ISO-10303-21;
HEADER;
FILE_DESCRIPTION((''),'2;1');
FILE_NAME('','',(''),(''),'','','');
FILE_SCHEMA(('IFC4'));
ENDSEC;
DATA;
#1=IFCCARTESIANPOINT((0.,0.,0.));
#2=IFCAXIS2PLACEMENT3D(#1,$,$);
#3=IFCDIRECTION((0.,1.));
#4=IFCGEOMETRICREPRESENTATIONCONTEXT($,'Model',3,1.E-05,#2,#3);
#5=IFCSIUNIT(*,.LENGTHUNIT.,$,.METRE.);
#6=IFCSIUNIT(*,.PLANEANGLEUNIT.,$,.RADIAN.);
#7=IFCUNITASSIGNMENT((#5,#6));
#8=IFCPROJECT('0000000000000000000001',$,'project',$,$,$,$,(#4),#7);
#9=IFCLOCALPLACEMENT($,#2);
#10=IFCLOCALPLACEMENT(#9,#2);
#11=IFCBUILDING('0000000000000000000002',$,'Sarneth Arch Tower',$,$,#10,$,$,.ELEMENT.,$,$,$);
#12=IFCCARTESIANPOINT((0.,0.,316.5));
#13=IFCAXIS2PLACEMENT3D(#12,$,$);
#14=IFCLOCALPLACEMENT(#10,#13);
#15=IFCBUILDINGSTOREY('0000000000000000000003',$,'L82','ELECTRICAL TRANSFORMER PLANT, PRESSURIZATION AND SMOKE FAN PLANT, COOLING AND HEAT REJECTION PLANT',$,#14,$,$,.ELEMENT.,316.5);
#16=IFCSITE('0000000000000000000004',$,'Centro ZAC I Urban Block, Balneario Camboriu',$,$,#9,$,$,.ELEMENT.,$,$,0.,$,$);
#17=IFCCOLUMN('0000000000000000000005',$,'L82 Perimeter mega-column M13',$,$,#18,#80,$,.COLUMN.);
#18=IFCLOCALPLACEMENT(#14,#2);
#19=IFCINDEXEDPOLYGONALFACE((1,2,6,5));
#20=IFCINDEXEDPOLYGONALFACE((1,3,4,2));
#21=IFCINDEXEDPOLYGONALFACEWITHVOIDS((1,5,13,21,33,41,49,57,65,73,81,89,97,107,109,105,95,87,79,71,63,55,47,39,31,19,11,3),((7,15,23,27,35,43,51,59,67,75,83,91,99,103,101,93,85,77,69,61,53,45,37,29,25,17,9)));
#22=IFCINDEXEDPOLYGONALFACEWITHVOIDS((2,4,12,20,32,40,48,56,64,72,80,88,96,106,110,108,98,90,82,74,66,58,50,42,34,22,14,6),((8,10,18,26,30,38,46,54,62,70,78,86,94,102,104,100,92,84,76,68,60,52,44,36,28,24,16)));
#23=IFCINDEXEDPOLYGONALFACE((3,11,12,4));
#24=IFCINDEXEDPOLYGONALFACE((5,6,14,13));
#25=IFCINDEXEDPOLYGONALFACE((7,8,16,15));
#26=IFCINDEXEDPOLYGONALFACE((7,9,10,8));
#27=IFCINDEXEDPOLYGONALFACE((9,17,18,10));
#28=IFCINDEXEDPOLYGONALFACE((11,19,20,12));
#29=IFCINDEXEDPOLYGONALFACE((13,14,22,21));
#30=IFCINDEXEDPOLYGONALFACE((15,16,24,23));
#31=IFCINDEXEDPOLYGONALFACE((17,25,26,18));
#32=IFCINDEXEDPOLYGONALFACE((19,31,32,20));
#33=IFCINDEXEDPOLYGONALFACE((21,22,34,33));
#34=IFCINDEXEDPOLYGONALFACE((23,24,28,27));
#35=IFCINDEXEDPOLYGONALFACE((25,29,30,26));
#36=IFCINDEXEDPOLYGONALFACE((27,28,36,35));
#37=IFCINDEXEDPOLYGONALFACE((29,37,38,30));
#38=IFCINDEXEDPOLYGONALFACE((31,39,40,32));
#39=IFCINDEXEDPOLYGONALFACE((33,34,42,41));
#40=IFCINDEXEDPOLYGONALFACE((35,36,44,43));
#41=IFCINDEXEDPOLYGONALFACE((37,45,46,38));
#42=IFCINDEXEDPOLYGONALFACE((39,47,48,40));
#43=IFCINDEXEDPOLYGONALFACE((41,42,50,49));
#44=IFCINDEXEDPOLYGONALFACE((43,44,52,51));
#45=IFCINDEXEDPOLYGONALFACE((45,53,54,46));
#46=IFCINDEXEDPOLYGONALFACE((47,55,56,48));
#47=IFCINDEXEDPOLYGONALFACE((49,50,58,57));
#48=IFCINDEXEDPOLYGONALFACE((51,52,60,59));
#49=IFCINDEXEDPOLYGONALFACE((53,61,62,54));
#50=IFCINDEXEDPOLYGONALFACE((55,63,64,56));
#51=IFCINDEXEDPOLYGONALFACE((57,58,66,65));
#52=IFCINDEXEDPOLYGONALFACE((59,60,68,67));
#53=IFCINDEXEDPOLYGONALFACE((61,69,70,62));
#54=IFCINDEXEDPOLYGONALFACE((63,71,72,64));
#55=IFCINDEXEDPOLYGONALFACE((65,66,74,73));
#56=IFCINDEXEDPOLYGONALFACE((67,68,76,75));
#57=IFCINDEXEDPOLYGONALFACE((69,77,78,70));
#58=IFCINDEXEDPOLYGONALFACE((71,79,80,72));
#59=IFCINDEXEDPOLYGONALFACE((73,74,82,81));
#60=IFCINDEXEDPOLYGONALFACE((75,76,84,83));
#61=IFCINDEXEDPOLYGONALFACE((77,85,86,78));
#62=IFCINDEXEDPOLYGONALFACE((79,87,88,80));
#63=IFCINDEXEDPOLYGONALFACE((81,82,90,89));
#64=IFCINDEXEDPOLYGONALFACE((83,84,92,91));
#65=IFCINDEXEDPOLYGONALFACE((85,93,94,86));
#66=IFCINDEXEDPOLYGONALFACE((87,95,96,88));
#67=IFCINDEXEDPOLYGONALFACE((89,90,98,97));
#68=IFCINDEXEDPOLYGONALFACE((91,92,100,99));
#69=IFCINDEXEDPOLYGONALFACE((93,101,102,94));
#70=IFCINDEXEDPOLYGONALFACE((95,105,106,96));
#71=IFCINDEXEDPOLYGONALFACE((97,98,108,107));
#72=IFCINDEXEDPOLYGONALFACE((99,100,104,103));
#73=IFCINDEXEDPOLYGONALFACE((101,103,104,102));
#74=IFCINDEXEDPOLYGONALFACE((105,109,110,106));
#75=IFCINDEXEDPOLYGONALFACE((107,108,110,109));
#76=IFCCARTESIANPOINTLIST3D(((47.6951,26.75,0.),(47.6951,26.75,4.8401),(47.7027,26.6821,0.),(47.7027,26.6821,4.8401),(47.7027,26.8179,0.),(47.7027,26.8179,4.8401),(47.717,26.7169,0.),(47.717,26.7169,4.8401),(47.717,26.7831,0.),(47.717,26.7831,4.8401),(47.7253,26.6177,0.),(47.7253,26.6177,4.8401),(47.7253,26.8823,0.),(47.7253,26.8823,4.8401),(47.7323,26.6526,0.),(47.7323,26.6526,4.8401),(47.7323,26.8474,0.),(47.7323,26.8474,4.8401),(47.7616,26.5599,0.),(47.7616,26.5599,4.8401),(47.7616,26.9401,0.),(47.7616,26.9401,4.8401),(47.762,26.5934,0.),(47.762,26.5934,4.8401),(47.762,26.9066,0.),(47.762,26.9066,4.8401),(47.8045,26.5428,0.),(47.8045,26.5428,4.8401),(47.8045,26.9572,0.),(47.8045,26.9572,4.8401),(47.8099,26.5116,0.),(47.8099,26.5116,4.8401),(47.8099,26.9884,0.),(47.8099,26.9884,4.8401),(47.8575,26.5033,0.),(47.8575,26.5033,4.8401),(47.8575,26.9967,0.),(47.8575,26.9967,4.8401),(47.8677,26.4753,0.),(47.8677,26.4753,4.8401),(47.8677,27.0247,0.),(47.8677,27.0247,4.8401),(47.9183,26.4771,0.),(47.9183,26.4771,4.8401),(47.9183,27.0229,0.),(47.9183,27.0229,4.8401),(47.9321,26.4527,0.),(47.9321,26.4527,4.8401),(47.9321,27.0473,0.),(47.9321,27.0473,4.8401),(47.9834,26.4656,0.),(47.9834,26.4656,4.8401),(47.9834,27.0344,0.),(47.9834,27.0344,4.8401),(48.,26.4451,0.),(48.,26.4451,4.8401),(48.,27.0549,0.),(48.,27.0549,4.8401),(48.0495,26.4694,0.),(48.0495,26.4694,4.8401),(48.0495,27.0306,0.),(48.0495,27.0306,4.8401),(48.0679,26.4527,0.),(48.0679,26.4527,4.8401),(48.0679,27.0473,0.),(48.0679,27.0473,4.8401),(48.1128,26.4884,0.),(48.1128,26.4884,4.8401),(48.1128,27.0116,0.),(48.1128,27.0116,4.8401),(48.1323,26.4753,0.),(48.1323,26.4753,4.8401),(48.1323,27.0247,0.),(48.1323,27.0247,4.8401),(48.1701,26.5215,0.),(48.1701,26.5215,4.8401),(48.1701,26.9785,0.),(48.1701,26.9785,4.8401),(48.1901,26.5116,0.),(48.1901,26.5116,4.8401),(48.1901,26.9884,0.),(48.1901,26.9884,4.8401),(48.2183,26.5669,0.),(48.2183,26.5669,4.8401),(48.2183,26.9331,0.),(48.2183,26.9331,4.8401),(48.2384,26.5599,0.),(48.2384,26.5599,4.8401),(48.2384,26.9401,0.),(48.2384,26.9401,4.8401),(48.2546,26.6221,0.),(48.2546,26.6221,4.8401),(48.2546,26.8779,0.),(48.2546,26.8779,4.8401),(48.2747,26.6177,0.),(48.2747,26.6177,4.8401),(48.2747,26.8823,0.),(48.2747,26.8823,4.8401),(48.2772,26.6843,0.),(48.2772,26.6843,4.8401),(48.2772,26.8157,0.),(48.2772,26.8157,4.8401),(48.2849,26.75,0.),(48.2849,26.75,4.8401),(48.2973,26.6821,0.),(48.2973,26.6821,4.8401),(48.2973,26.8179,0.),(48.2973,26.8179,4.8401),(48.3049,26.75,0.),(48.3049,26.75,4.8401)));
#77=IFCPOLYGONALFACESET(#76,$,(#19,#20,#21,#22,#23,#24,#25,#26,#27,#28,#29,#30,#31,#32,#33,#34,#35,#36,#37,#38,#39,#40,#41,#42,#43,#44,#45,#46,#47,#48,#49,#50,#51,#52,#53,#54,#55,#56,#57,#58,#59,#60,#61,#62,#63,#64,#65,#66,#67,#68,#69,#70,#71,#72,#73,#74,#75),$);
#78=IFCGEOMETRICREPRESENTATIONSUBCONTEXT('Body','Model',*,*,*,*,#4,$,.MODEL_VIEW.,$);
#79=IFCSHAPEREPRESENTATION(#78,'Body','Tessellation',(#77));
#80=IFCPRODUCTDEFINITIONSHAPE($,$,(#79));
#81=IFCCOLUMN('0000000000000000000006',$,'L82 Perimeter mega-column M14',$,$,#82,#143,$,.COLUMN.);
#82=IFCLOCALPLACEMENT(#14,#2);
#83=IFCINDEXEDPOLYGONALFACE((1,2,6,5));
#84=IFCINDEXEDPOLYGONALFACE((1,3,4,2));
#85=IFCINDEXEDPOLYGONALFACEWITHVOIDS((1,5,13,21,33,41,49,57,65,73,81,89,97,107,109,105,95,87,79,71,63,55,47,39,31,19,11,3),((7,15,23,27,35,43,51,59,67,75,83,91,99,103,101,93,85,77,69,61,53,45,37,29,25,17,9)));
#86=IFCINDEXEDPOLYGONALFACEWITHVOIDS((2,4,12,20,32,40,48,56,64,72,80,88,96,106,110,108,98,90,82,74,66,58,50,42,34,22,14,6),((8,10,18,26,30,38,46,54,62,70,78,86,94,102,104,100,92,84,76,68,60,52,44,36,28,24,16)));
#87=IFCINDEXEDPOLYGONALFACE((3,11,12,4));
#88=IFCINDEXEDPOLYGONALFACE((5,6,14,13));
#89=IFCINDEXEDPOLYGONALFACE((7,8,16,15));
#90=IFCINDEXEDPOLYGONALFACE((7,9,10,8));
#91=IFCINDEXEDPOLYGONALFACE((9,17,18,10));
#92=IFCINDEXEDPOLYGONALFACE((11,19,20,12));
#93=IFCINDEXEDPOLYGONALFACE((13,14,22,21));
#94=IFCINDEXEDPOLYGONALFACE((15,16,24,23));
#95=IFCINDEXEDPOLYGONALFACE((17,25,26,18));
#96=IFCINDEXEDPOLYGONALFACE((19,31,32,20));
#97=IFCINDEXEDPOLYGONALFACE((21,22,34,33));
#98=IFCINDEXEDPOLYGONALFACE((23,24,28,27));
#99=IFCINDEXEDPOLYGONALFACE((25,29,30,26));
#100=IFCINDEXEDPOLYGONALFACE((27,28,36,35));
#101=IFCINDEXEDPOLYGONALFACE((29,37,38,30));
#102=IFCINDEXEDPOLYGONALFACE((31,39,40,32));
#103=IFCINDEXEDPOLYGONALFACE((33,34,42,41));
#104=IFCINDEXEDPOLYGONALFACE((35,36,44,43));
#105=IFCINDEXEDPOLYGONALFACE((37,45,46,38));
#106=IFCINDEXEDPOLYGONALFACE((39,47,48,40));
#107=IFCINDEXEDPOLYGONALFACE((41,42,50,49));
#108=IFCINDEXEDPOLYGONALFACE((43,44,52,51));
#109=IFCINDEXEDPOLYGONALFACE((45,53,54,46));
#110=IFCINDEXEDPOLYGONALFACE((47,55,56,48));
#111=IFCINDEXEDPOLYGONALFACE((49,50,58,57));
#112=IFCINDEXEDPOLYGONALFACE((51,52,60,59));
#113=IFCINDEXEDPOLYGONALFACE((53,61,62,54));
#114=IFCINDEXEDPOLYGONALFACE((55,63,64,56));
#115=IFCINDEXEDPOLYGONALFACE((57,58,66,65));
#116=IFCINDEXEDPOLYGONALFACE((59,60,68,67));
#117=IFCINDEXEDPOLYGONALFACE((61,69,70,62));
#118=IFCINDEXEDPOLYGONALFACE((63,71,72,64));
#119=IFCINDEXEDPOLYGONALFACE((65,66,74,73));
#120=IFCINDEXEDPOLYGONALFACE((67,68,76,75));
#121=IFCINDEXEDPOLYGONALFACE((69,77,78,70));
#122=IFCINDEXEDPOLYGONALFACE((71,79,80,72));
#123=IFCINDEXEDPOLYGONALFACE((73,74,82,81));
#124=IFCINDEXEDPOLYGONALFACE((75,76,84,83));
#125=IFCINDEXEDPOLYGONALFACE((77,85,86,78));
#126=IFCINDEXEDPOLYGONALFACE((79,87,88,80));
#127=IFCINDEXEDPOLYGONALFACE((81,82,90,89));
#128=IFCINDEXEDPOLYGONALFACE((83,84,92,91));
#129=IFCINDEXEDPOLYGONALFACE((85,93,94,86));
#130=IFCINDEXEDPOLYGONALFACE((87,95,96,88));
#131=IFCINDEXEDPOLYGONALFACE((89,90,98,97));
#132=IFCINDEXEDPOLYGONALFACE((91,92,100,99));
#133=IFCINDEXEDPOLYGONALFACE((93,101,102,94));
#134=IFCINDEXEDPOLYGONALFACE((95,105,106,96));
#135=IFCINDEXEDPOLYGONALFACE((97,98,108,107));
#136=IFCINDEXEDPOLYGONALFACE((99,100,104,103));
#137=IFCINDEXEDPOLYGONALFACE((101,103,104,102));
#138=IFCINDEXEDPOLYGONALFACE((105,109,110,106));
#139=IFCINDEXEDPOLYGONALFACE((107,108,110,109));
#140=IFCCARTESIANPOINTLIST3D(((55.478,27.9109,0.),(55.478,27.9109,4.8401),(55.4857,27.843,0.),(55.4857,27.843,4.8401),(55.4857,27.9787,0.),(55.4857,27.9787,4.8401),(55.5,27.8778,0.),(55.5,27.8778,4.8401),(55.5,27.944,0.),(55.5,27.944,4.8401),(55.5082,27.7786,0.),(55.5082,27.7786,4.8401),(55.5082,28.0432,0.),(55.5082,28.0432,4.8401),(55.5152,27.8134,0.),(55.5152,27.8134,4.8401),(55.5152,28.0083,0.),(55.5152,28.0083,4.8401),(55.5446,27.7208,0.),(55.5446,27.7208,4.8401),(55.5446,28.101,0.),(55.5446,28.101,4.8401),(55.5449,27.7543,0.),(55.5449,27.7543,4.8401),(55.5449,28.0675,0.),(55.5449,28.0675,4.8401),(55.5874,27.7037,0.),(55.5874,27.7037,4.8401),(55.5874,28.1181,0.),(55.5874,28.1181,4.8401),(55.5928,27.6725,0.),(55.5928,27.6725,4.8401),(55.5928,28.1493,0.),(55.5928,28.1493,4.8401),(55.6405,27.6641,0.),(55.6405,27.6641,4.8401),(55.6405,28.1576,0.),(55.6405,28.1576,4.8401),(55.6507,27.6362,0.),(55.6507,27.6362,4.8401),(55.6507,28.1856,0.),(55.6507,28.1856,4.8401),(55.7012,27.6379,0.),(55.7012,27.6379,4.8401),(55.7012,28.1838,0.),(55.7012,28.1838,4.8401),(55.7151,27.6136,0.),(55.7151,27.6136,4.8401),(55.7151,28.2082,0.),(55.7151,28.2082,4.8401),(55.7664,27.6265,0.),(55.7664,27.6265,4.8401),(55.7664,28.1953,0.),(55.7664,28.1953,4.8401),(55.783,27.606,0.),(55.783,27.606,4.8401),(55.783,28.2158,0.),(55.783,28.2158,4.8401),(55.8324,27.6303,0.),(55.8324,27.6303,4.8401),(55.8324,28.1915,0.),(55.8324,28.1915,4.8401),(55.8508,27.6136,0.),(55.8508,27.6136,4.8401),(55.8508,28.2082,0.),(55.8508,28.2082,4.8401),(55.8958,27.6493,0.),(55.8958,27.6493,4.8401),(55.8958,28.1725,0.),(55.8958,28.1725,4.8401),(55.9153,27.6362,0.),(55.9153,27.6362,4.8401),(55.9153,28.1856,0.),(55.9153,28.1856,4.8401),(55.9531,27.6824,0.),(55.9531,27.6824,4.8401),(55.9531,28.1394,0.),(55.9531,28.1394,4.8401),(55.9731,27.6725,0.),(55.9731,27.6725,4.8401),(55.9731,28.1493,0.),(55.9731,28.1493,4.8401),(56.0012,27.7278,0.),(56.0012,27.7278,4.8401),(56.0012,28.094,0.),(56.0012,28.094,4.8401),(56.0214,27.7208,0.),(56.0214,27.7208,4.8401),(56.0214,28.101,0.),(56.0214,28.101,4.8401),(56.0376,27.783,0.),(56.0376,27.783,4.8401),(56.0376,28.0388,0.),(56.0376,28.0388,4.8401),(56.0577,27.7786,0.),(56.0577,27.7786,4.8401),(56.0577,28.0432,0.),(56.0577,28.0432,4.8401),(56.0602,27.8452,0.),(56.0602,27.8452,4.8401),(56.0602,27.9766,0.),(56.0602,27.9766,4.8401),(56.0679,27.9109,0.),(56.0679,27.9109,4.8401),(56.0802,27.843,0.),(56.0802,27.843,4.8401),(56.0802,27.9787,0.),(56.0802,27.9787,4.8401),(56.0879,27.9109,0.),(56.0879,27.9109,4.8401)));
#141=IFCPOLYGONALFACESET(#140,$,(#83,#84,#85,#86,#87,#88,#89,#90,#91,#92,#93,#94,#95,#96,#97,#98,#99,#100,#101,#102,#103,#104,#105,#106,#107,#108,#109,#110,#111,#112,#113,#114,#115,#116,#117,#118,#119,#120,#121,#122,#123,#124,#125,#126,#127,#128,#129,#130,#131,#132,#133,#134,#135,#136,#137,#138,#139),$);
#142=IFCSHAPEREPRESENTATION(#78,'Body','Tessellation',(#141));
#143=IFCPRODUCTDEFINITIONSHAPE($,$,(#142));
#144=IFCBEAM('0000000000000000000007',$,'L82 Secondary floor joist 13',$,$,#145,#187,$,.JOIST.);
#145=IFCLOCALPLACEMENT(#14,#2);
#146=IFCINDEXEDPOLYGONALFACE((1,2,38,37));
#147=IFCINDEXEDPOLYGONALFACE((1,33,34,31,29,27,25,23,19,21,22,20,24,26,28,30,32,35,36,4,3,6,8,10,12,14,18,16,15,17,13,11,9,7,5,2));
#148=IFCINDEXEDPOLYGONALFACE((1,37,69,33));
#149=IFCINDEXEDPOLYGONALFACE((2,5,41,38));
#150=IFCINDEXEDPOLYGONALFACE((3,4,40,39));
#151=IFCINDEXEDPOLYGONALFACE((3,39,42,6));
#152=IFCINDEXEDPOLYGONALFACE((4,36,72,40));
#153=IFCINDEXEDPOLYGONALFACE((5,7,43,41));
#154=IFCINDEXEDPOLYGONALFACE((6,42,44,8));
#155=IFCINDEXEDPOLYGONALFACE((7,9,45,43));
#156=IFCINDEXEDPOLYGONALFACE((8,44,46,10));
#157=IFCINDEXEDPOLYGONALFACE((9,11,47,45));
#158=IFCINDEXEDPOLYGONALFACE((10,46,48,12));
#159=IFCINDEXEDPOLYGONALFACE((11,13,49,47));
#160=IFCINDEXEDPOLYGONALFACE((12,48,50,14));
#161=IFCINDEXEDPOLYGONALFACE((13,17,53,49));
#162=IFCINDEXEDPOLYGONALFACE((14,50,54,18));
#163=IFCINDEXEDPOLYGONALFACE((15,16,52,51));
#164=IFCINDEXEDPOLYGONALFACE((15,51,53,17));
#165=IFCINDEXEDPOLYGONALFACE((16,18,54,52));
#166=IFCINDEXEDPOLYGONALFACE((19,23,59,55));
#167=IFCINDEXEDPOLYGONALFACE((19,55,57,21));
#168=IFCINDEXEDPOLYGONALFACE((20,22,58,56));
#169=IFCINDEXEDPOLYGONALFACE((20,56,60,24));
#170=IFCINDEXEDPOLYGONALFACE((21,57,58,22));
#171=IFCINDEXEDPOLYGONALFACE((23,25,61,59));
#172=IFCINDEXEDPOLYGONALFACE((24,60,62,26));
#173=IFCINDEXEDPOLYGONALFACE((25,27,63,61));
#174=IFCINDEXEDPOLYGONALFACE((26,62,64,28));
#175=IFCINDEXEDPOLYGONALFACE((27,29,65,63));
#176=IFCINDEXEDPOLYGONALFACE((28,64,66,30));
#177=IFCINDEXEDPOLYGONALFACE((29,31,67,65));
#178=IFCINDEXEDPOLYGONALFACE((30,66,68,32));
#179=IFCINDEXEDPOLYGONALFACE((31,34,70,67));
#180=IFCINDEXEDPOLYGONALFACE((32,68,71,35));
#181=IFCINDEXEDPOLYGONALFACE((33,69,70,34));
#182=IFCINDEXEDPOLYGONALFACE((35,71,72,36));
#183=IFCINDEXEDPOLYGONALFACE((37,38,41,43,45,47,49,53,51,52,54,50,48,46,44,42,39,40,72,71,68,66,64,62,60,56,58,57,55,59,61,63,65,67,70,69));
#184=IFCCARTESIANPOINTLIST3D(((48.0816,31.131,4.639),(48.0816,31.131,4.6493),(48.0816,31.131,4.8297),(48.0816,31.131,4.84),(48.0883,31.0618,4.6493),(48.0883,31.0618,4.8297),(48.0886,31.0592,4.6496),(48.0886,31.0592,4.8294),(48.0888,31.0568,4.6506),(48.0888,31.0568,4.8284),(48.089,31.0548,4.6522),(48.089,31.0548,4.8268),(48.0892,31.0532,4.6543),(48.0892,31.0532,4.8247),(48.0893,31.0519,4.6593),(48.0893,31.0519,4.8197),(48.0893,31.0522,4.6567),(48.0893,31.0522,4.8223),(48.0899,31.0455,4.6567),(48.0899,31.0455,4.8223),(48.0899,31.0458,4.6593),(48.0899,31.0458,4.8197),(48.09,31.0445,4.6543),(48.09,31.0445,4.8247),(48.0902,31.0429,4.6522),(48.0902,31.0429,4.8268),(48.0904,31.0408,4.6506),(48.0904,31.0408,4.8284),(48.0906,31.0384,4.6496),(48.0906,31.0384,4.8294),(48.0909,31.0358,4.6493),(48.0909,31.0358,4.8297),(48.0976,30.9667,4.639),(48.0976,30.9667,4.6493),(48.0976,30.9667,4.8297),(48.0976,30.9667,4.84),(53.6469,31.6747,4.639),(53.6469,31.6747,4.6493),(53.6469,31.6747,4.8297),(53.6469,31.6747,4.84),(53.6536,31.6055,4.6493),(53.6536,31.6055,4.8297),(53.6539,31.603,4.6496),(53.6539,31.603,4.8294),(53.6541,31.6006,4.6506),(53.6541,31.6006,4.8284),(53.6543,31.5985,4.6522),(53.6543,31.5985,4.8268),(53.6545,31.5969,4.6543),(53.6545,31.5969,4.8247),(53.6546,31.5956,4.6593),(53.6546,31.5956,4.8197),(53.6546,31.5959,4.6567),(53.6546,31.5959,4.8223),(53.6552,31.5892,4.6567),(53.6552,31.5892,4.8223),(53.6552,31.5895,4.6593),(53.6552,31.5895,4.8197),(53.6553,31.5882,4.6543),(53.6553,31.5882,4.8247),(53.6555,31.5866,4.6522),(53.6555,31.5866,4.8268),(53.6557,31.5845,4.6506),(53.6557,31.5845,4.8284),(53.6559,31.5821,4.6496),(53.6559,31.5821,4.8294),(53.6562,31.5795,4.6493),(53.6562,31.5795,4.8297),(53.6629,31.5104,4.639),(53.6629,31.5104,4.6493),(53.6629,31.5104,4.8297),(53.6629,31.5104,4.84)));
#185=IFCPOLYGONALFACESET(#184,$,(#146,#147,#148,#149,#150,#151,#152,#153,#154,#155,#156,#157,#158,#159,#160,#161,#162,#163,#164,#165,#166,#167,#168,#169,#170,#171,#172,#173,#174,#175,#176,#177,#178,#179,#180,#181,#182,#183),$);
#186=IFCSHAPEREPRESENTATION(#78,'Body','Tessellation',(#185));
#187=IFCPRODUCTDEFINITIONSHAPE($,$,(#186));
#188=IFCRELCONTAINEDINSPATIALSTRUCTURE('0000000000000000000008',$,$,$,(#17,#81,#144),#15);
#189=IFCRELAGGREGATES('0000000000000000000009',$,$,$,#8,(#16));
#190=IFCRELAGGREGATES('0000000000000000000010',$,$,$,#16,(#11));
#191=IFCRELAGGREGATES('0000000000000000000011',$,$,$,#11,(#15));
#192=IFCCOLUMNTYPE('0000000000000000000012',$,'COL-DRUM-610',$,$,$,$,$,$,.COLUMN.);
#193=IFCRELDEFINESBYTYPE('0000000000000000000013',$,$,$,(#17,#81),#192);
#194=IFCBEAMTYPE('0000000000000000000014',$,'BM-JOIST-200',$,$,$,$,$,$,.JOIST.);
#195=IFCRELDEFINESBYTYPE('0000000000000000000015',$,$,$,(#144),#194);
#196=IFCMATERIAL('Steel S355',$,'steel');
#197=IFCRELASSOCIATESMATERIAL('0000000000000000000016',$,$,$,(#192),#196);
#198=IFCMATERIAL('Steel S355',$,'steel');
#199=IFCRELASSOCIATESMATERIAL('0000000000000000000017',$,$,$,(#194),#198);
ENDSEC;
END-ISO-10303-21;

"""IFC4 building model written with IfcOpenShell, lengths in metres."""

from ifc_helpers import new_model, si_unit, direction, frame, origin, origin_2d, place, context, subcontext, project, spatial, hollow_circle, i_section, extrude, material, material_profile, profile_set, type_object, element, save


model = new_model("IFC4")

# Units and contexts
model_context = context("Model", 3, precision=1e-05, world=origin(), true_north=direction((0.0, 1.0)))
body_context = subcontext(model_context, "Body", "Model", "MODEL_VIEW")
ifc_project = project(units=[si_unit("LENGTHUNIT", "METRE"), si_unit("PLANEANGLEUNIT", "RADIAN")], contexts=[model_context])

# Site, building, storey
site_placement = place(None, origin())
site = spatial("IfcSite", under=ifc_project, at=site_placement, Name="Centro ZAC I Urban Block, Balneario Camboriu", CompositionType="ELEMENT", RefElevation=0.0)
building_placement = place(site_placement, origin())
building = spatial("IfcBuilding", under=site, at=building_placement, Name="Sarneth Arch Tower", CompositionType="ELEMENT")
storey_placement = place(building_placement, frame((0.0, 0.0, 316.5)))
storey = spatial("IfcBuildingStorey", under=building, at=storey_placement, Name="L82", Description="ELECTRICAL TRANSFORMER PLANT, PRESSURIZATION AND SMOKE FAN PLANT, COOLING AND HEAT REJECTION PLANT", CompositionType="ELEMENT", Elevation=316.5)

# Columns
ifc_material_1 = material(Name="Steel S355", Category="steel")
ifc_material_profile_1 = material_profile(ifc_material_1, hollow_circle(Radius=0.3049, WallThickness=0.02, at=origin_2d()), Name="CHS610x20")
ifc_profile_set_1 = profile_set([ifc_material_profile_1], Name="Steel S355")
column_type = type_object("IfcColumnType", Name="COL-DRUM-610", PredefinedType="COLUMN", material=ifc_profile_set_1)
for number, where, z_axis, x_axis, name in (
    (1, (48.0, 26.75, 0.0), (0.0, 0.0, 1.0), (1.0, 0.0, 0.0), "L82 Perimeter mega-column M13"),
    (2, (55.783, 27.9109, 0.0), (0.0, 0.0, 1.0), (1.0, 0.0, 0.0), "L82 Perimeter mega-column M14"),
):
    element("IfcColumn", number, at=place(storey_placement, frame(where, z_axis=z_axis, x_axis=x_axis)), inside=storey, type_object=column_type, Name=name, PredefinedType="COLUMN", context=body_context, shape_type="SweptSolid", body=[
        extrude(hollow_circle(Radius=0.3049, WallThickness=0.02, at=origin_2d()), origin(), (0.0, 0.0, 1.0), 4.8401),
    ])

# Beam
ifc_material_2 = material(Name="Steel S355", Category="steel")
ifc_material_profile_2 = material_profile(ifc_material_2, i_section(OverallWidth=0.165, OverallDepth=0.2009, WebThickness=0.0061, FlangeThickness=0.0103, FilletRadius=0.01, at=origin_2d()), Name="W200x35.9")
ifc_profile_set_2 = profile_set([ifc_material_profile_2], Name="Steel S355")
beam_type_1 = type_object("IfcBeamType", Name="BM-JOIST-200", PredefinedType="JOIST", material=ifc_profile_set_2)
beam_1_placement = place(storey_placement, frame((48.0896, 31.0488, 4.7395), z_axis=(0.995262, 0.097234, 0.0), x_axis=(-0.097234, 0.995262, 0.0)))
element("IfcBeam", 3, at=beam_1_placement, inside=storey, type_object=beam_type_1, Name="L82 Secondary floor joist 13", PredefinedType="JOIST", context=body_context, shape_type="SweptSolid", body=[
    extrude(i_section(OverallWidth=0.165, OverallDepth=0.2009, WebThickness=0.0061, FlangeThickness=0.0103, FilletRadius=0.01, at=origin_2d()), origin(), (0.0, 0.0, 1.0), 5.5918),
])

save(model, "model.ifc")
